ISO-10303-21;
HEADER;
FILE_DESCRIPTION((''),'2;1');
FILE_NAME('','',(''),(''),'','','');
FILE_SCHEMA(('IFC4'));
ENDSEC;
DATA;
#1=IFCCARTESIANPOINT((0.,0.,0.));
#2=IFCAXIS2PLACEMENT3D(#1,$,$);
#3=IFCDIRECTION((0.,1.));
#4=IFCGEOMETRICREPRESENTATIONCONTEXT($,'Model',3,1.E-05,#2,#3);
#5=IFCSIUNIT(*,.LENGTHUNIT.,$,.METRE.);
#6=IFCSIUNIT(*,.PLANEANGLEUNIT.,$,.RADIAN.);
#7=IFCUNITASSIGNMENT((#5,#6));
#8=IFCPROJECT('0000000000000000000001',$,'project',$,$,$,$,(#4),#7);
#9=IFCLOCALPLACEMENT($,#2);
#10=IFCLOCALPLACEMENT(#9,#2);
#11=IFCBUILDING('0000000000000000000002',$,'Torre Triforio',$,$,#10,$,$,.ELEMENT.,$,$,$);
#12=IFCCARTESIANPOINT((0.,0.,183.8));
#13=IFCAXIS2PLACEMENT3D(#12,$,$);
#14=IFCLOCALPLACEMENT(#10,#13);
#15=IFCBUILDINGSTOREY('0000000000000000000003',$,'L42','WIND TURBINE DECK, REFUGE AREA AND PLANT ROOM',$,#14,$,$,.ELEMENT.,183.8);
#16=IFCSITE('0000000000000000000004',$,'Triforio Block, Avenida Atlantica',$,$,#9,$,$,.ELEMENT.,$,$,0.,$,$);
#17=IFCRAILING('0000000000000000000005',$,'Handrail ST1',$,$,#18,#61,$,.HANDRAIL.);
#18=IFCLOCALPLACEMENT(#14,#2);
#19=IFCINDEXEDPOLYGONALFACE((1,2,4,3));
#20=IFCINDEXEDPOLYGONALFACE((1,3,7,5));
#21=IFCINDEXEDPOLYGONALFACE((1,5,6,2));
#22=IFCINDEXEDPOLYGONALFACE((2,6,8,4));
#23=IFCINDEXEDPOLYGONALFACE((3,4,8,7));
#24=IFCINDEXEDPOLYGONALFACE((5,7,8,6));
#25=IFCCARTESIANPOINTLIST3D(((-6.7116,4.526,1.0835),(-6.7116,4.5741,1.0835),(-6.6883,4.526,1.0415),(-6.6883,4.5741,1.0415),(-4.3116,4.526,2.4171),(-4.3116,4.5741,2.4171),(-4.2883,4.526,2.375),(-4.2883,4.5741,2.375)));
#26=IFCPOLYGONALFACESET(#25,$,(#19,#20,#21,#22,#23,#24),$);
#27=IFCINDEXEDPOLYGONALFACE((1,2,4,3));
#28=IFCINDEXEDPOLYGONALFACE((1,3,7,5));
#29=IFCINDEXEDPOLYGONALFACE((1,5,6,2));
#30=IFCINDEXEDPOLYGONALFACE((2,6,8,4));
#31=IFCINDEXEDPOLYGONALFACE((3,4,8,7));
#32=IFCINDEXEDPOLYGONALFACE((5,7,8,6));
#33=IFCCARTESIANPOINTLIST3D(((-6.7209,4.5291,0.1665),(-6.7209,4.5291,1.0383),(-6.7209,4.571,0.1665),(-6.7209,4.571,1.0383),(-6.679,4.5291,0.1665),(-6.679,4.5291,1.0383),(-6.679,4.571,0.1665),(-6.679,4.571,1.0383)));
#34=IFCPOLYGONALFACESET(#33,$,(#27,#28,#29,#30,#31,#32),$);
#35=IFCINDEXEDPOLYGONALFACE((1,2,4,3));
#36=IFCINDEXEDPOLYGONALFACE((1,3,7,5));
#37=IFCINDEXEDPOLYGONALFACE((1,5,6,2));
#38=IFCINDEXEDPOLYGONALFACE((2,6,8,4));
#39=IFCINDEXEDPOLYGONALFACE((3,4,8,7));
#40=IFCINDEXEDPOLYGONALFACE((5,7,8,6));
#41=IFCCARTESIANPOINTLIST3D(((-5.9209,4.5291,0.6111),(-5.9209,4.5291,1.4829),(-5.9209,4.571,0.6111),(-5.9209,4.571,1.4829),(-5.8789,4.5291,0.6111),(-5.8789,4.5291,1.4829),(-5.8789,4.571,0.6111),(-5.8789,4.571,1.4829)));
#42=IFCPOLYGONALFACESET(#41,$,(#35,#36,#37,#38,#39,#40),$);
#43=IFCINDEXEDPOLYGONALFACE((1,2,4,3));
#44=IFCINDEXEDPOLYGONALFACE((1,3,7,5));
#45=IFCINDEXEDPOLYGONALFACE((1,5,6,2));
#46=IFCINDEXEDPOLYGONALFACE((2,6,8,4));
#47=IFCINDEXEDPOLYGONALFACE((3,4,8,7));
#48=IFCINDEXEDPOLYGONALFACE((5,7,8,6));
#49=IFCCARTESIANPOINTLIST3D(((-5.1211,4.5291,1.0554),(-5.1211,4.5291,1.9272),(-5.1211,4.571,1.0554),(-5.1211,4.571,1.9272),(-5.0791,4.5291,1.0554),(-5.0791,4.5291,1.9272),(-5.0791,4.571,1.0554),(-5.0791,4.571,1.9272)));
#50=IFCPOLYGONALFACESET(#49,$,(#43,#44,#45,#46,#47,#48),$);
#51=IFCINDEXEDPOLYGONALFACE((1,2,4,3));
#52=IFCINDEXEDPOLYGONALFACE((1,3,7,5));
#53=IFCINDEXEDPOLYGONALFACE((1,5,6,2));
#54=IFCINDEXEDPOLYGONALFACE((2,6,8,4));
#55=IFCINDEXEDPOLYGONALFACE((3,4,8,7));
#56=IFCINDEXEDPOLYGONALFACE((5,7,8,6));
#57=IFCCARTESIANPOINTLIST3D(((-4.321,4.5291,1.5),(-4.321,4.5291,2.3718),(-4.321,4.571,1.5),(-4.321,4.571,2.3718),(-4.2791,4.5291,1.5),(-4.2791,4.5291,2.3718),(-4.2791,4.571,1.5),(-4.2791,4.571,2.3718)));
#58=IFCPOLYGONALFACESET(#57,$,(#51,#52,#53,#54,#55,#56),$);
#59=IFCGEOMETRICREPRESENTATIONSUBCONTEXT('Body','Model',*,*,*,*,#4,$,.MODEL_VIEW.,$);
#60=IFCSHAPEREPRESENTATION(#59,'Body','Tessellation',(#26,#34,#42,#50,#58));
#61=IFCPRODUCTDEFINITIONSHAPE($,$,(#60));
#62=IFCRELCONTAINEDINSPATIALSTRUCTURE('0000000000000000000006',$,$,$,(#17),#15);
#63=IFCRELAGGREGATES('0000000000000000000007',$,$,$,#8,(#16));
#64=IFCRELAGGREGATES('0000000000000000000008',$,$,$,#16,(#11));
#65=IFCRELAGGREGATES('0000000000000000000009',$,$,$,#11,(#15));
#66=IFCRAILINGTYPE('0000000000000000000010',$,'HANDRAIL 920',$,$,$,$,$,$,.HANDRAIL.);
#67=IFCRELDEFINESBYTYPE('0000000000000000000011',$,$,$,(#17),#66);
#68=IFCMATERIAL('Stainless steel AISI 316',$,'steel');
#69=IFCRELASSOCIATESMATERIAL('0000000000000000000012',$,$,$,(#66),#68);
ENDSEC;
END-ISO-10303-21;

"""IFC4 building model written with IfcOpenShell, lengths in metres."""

from ifc_helpers import new_model, si_unit, direction, frame, origin, origin_2d, place, context, subcontext, project, spatial, rectangle, extrude, material, type_object, element, save


model = new_model("IFC4")

# Units and contexts
model_context = context("Model", 3, precision=1e-05, world=origin(), true_north=direction((0.0, 1.0)))
body_context = subcontext(model_context, "Body", "Model", "MODEL_VIEW")
ifc_project = project(units=[si_unit("LENGTHUNIT", "METRE"), si_unit("PLANEANGLEUNIT", "RADIAN")], contexts=[model_context])

# Site, building, storey
site_placement = place(None, origin())
site = spatial("IfcSite", under=ifc_project, at=site_placement, Name="Triforio Block, Avenida Atlantica", CompositionType="ELEMENT", RefElevation=0.0)
building_placement = place(site_placement, origin())
building = spatial("IfcBuilding", under=site, at=building_placement, Name="Torre Triforio", CompositionType="ELEMENT")
storey_placement = place(building_placement, frame((0.0, 0.0, 183.8)))
storey = spatial("IfcBuildingStorey", under=building, at=storey_placement, Name="L42", Description="WIND TURBINE DECK, REFUGE AREA AND PLANT ROOM", CompositionType="ELEMENT", Elevation=183.8)

# Railing
ifc_material_1 = material(Name="Stainless steel AISI 316", Category="steel")
railing_type = type_object("IfcRailingType", Name="HANDRAIL 920", PredefinedType="HANDRAIL", material=ifc_material_1)
railing_placement = place(storey_placement, frame((-6.7, 4.55, 0.1665)))
element("IfcRailing", 1, at=railing_placement, inside=storey, type_object=railing_type, Name="Handrail ST1", PredefinedType="HANDRAIL", context=body_context, shape_type="SweptSolid", body=[
    extrude(rectangle(XDim=0.0481, YDim=0.0481, at=origin_2d()), frame((0.0, 0.0, 0.896), z_axis=(0.874124, 0.0, 0.485703), x_axis=(0.0, 1.0, 0.0)), (0.0, 0.0, 1.0), 2.7456),
    extrude(rectangle(XDim=0.042, YDim=0.042, at=origin_2d()), origin(), (0.0, 0.0, 1.0), 0.8718),
    extrude(rectangle(XDim=0.042, YDim=0.042, at=origin_2d()), frame((0.8, 0.0, 0.4446)), (0.0, 0.0, 1.0), 0.8718),
    extrude(rectangle(XDim=0.042, YDim=0.042, at=origin_2d()), frame((1.5999, 0.0, 0.8889)), (0.0, 0.0, 1.0), 0.8718),
    extrude(rectangle(XDim=0.042, YDim=0.042, at=origin_2d()), frame((2.3999, 0.0, 1.3335)), (0.0, 0.0, 1.0), 0.8718),
])

save(model, "model.ifc")
